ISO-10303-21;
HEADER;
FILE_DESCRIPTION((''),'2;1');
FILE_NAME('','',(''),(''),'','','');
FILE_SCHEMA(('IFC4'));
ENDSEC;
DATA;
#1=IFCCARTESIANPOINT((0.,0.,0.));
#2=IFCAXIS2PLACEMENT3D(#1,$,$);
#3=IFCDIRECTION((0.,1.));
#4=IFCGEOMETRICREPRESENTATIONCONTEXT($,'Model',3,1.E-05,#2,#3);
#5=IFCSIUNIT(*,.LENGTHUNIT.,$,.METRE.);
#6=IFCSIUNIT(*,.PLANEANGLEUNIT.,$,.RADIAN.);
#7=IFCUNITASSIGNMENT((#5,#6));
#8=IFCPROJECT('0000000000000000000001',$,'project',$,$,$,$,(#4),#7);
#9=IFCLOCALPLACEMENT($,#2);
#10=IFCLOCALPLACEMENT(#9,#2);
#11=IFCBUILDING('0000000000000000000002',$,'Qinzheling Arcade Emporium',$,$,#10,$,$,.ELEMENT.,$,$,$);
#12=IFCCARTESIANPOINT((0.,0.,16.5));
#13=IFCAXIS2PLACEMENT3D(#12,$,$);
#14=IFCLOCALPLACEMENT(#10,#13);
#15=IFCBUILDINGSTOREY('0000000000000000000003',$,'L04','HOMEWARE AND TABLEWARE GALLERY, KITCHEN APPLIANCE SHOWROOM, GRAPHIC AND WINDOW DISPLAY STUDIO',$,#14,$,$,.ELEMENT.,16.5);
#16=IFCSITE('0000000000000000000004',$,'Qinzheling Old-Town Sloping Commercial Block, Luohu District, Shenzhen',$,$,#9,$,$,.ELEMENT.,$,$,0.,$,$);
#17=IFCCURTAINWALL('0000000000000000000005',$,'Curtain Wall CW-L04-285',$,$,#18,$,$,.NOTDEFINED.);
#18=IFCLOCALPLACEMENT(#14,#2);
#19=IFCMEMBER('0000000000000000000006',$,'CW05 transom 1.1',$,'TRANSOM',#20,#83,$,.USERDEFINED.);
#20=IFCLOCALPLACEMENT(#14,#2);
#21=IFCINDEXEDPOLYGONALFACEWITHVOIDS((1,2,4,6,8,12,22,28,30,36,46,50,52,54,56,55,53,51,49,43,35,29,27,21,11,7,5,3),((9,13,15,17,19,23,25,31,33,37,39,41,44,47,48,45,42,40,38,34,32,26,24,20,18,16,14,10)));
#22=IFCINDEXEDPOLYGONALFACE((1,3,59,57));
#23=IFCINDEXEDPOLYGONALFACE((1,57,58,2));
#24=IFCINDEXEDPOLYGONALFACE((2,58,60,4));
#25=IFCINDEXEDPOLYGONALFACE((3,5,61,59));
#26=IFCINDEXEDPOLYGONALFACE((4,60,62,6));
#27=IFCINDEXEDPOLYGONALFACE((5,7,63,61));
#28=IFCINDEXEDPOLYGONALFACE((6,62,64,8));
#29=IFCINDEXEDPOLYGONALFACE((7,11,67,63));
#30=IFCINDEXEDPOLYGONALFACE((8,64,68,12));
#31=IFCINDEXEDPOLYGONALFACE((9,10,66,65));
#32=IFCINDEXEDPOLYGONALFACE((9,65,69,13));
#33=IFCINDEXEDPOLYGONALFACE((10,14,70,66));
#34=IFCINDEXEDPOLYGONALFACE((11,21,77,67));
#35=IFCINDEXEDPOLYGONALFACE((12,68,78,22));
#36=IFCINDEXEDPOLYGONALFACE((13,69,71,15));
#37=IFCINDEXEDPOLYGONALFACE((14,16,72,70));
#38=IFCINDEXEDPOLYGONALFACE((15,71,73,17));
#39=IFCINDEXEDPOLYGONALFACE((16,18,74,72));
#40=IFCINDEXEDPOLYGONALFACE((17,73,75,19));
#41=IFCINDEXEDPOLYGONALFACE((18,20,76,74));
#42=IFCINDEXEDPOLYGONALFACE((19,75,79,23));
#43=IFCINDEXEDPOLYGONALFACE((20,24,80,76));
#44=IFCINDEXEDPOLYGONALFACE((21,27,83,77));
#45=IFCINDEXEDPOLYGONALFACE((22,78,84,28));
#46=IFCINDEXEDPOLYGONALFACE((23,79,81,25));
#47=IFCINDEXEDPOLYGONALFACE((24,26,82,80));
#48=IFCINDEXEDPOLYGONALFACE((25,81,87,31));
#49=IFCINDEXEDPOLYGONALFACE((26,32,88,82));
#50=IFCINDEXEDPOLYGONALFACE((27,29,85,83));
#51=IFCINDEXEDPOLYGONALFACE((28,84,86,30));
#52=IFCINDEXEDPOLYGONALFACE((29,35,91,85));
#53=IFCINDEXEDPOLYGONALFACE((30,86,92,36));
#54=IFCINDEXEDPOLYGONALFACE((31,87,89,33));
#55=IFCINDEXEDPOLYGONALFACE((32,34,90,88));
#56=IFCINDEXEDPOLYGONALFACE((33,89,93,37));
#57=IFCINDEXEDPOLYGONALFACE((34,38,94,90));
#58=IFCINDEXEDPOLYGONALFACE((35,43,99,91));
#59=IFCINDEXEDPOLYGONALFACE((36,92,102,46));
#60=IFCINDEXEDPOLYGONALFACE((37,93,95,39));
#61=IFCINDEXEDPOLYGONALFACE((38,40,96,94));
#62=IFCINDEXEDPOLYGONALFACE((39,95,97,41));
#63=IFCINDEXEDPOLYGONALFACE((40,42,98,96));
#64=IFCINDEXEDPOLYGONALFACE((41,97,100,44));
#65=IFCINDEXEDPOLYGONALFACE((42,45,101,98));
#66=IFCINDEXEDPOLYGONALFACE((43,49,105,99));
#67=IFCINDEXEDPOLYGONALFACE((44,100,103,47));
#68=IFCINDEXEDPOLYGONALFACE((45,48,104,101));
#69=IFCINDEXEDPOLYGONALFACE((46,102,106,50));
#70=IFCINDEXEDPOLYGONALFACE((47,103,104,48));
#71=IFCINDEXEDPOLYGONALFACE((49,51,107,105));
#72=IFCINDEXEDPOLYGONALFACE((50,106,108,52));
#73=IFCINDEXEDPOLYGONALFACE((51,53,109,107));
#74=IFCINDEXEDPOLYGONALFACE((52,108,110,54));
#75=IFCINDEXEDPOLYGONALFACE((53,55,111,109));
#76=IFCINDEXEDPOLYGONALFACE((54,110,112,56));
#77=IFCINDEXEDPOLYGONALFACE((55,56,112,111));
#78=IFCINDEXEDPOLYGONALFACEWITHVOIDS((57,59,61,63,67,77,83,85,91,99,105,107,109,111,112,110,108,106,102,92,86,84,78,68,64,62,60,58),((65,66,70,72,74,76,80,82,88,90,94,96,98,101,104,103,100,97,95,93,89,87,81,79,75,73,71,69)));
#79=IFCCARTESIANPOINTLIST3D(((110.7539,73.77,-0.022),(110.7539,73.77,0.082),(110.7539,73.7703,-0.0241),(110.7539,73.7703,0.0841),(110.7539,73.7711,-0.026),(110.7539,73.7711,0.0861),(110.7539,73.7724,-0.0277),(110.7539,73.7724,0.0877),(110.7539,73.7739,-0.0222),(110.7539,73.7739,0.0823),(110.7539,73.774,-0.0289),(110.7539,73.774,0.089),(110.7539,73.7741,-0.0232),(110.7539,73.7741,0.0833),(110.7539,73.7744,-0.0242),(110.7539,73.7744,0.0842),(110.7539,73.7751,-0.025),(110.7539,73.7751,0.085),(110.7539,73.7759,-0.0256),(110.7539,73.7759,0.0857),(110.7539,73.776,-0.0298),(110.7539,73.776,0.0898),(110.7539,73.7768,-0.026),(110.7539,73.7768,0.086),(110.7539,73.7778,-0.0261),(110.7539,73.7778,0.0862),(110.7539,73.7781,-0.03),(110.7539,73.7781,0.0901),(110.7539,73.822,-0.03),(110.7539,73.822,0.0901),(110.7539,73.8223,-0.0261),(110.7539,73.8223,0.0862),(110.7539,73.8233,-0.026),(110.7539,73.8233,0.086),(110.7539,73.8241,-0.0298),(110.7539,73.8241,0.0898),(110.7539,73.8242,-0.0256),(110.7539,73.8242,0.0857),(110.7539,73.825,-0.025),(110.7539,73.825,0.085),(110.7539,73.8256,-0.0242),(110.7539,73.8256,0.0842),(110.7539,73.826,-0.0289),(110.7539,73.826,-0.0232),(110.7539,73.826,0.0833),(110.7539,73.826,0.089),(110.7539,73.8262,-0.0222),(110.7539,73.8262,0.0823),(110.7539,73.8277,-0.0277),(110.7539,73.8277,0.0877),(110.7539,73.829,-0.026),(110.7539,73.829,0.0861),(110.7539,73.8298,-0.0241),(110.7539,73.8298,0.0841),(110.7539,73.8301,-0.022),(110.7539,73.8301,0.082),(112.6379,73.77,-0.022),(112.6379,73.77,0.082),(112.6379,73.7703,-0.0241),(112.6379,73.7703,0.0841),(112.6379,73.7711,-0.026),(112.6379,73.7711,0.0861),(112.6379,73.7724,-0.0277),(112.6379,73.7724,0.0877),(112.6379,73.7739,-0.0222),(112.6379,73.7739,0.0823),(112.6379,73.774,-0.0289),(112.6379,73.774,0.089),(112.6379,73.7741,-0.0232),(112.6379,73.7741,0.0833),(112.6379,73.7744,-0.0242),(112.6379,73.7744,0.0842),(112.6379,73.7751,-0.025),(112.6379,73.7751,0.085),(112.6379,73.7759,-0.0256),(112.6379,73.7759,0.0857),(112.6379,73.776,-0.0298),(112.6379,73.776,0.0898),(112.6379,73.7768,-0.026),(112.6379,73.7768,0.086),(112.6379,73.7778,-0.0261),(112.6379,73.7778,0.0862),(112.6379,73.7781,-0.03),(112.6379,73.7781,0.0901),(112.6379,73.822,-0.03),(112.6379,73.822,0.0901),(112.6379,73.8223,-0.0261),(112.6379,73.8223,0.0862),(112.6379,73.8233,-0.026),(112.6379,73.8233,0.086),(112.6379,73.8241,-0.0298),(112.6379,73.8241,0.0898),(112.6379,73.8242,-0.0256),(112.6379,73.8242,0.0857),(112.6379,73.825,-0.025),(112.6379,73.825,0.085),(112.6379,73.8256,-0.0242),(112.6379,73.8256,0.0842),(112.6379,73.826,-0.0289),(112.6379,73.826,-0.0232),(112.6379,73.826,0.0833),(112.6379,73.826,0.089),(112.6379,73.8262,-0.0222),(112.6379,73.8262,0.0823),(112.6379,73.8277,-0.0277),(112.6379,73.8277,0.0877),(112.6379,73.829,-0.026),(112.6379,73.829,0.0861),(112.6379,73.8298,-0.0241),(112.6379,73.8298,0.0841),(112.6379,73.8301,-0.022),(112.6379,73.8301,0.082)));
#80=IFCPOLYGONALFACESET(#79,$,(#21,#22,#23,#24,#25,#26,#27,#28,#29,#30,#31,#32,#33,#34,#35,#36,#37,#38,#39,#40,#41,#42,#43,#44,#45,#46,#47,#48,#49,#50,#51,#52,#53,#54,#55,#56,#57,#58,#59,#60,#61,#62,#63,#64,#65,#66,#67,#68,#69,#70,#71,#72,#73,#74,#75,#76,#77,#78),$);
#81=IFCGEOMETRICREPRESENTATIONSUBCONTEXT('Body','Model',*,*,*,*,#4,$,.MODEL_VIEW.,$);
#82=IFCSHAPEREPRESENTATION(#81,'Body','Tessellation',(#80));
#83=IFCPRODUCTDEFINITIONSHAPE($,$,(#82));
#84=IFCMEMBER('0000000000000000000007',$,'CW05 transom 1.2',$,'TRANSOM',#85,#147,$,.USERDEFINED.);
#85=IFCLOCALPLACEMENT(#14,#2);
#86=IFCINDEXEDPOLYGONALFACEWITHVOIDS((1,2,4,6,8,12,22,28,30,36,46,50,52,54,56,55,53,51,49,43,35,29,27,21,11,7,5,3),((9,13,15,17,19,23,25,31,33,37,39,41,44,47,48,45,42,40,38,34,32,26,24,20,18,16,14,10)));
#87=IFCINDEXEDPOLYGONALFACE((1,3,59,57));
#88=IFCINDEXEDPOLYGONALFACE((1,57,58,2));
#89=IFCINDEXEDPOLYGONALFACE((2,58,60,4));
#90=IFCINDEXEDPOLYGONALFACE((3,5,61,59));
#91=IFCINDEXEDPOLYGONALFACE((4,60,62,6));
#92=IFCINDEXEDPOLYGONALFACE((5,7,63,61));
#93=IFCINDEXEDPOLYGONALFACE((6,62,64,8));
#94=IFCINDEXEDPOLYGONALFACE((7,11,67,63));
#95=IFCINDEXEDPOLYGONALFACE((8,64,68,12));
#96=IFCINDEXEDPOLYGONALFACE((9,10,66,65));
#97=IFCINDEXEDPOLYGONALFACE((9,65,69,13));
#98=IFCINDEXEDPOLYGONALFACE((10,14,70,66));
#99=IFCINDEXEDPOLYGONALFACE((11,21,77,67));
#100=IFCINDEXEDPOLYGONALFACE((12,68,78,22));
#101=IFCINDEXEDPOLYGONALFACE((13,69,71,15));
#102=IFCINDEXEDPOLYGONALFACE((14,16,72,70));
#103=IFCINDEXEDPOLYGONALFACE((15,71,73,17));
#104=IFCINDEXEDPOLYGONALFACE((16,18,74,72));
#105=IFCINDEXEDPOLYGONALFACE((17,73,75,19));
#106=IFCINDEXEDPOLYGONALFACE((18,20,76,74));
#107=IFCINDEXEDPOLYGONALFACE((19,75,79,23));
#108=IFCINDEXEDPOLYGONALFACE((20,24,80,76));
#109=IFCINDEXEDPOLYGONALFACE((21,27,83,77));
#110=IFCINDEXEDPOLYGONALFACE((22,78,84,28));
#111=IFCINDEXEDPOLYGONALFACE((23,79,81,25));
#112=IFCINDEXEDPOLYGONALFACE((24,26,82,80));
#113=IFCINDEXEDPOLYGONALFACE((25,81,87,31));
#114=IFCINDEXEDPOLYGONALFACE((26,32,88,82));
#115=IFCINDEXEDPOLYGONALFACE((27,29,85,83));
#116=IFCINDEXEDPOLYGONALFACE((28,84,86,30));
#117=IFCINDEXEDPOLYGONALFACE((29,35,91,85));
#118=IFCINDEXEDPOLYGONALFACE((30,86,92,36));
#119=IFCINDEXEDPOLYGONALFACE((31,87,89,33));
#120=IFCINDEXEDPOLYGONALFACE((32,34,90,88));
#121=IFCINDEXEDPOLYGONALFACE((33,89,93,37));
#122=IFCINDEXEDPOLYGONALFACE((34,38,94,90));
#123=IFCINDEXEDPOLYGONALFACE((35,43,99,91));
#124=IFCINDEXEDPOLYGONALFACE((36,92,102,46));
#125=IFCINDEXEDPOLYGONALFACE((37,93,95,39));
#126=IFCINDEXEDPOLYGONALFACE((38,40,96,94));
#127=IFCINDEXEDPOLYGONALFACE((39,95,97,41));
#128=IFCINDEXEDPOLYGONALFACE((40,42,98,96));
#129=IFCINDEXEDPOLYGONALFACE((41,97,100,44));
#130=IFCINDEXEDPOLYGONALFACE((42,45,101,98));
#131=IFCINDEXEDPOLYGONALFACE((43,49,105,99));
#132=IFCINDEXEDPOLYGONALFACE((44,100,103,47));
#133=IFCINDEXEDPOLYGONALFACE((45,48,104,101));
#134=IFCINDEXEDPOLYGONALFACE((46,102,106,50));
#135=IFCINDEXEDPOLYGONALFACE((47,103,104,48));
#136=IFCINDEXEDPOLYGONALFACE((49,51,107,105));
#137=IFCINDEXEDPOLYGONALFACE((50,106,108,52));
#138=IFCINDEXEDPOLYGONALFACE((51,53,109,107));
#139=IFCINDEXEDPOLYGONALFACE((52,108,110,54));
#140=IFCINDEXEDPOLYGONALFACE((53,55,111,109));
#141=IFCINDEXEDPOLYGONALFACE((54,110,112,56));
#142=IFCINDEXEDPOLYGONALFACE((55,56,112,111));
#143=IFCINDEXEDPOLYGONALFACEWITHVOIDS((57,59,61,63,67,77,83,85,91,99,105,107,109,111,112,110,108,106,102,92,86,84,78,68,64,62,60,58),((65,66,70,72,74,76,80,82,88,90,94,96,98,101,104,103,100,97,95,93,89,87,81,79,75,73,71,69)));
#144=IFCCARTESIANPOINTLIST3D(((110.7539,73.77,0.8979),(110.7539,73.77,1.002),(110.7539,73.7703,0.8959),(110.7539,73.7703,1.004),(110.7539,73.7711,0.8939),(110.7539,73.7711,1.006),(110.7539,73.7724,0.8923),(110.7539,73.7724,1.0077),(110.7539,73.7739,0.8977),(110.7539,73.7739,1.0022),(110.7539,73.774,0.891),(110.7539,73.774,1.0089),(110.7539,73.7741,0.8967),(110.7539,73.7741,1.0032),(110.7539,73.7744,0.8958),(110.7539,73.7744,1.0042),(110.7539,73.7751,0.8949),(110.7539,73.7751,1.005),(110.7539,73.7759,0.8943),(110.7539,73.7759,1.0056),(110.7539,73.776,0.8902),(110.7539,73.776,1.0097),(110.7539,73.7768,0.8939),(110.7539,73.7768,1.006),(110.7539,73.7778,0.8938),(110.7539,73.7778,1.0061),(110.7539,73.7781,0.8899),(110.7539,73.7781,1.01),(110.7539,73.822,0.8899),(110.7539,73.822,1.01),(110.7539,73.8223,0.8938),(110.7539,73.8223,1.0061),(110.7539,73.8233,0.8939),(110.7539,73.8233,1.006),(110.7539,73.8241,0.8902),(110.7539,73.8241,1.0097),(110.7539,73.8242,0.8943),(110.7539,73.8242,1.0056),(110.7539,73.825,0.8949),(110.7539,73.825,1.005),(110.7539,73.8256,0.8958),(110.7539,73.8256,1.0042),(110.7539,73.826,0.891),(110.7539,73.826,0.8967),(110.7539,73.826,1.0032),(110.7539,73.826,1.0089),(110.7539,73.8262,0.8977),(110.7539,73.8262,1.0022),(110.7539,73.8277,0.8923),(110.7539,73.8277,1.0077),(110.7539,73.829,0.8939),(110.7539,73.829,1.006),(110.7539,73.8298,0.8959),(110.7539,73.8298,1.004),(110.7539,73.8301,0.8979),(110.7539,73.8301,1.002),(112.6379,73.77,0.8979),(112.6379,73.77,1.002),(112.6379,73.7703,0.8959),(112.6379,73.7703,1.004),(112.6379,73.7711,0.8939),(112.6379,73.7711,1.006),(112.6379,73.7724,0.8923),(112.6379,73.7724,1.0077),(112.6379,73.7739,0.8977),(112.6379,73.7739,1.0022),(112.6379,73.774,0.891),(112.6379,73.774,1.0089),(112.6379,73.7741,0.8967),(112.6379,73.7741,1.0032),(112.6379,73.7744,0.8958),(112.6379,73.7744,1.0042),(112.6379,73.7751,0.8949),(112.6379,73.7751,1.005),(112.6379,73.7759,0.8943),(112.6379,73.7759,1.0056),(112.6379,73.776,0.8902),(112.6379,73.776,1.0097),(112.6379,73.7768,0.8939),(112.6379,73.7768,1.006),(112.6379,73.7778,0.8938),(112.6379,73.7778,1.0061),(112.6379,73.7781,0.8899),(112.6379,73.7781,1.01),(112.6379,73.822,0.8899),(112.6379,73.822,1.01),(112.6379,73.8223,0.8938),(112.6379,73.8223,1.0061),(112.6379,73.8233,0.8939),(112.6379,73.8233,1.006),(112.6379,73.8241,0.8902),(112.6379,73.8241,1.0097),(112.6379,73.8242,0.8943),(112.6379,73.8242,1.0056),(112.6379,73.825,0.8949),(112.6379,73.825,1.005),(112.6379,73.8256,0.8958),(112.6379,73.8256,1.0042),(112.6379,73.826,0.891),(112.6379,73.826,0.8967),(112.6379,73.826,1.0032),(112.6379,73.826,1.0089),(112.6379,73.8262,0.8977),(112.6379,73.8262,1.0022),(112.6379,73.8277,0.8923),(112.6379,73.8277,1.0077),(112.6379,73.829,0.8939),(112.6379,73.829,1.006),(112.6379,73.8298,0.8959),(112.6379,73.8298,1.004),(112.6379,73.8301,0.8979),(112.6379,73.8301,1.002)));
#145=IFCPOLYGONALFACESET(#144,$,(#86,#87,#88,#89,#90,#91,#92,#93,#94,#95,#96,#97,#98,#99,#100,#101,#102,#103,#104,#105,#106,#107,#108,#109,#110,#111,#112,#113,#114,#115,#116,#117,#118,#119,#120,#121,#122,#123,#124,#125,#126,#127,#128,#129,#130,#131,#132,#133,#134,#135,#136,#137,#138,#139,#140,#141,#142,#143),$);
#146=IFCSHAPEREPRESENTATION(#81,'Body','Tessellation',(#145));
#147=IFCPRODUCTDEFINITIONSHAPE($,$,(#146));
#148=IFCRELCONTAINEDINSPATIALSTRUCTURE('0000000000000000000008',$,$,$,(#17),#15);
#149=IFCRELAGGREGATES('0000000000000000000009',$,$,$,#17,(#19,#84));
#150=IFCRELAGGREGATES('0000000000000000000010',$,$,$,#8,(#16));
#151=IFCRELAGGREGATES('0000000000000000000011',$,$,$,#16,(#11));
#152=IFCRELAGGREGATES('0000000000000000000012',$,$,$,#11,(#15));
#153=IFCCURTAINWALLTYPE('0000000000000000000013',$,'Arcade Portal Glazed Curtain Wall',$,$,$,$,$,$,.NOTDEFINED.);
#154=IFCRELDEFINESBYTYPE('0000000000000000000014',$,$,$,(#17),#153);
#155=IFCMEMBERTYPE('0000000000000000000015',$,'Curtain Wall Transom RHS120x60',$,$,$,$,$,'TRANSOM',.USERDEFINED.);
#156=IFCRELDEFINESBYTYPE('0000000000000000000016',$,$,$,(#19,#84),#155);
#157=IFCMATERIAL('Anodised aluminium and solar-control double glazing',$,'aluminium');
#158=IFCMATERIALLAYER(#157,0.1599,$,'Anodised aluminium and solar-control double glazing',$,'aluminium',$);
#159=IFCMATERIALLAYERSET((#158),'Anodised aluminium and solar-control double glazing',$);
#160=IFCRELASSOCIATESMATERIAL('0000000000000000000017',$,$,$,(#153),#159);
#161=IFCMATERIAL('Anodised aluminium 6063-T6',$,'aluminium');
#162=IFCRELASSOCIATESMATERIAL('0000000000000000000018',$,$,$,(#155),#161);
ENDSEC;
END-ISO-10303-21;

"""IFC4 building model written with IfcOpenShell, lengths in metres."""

from ifc_helpers import new_model, si_unit, direction, frame, origin, origin_2d, place, context, subcontext, project, spatial, hollow_rectangle, extrude, material, layer, layer_set, material_profile, profile_set, type_object, element, aggregate, save


model = new_model("IFC4")

# Units and contexts
model_context = context("Model", 3, precision=1e-05, world=origin(), true_north=direction((0.0, 1.0)))
body_context = subcontext(model_context, "Body", "Model", "MODEL_VIEW")
ifc_project = project(units=[si_unit("LENGTHUNIT", "METRE"), si_unit("PLANEANGLEUNIT", "RADIAN")], contexts=[model_context])

# Site, building, storey
site_placement = place(None, origin())
site = spatial("IfcSite", under=ifc_project, at=site_placement, Name="Qinzheling Old-Town Sloping Commercial Block, Luohu District, Shenzhen", CompositionType="ELEMENT", RefElevation=0.0)
building_placement = place(site_placement, origin())
building = spatial("IfcBuilding", under=site, at=building_placement, Name="Qinzheling Arcade Emporium", CompositionType="ELEMENT")
storey_placement = place(building_placement, frame((0.0, 0.0, 16.5)))
storey = spatial("IfcBuildingStorey", under=building, at=storey_placement, Name="L04", Description="HOMEWARE AND TABLEWARE GALLERY, KITCHEN APPLIANCE SHOWROOM, GRAPHIC AND WINDOW DISPLAY STUDIO", CompositionType="ELEMENT", Elevation=16.5)

# Curtain wall, members
ifc_material_1 = material(Name="Anodised aluminium and solar-control double glazing", Category="aluminium")
ifc_layer_1 = layer(ifc_material_1, 0.1599, Name="Anodised aluminium and solar-control double glazing", Category="aluminium")
ifc_layer_set_1 = layer_set([ifc_layer_1], Name="Anodised aluminium and solar-control double glazing")
curtain_wall_type = type_object("IfcCurtainWallType", Name="Arcade Portal Glazed Curtain Wall", PredefinedType="NOTDEFINED", material=ifc_layer_set_1)
curtain_wall_placement = place(storey_placement, origin())
curtain_wall = element("IfcCurtainWall", 1, at=curtain_wall_placement, inside=storey, type_object=curtain_wall_type, Name="Curtain Wall CW-L04-285", PredefinedType="NOTDEFINED")
ifc_material_2 = material(Name="Anodised aluminium 6063-T6", Category="aluminium")
ifc_material_profile_1 = material_profile(ifc_material_2, hollow_rectangle(XDim=0.0601, YDim=0.1201, WallThickness=0.0039, InnerFilletRadius=0.0039, OuterFilletRadius=0.0081, at=origin_2d()), Name="RHS 120x60x4", Category="aluminium")
ifc_profile_set_1 = profile_set([ifc_material_profile_1], Name="Anodised aluminium 6063-T6")
member_type_1 = type_object("IfcMemberType", Name="Curtain Wall Transom RHS120x60", ElementType="TRANSOM", PredefinedType="USERDEFINED", material=ifc_profile_set_1)
member_1_placement = place(storey_placement, frame((112.6379, 73.8, 0.03), z_axis=(-1.0, 0.0, 0.0), x_axis=(0.0, -1.0, 0.0)))
member_1 = element("IfcMember", 2, at=member_1_placement, type_object=member_type_1, Name="CW05 transom 1.1", ObjectType="TRANSOM", PredefinedType="USERDEFINED", context=body_context, shape_type="SweptSolid", body=[
    extrude(hollow_rectangle(XDim=0.0601, YDim=0.1201, WallThickness=0.0039, InnerFilletRadius=0.0039, OuterFilletRadius=0.0081, at=origin_2d()), origin(), (0.0, 0.0, 1.0), 1.884),
])
member_2_placement = place(storey_placement, frame((112.6379, 73.8, 0.95), z_axis=(-1.0, 0.0, 0.0), x_axis=(0.0, -1.0, 0.0)))
member_2 = element("IfcMember", 3, at=member_2_placement, type_object=member_type_1, Name="CW05 transom 1.2", ObjectType="TRANSOM", PredefinedType="USERDEFINED", context=body_context, shape_type="SweptSolid", body=[
    extrude(hollow_rectangle(XDim=0.0601, YDim=0.1201, WallThickness=0.0039, InnerFilletRadius=0.0039, OuterFilletRadius=0.0081, at=origin_2d()), origin(), (0.0, 0.0, 1.0), 1.884),
])

aggregate(curtain_wall, [member_1, member_2])

save(model, "model.ifc")
